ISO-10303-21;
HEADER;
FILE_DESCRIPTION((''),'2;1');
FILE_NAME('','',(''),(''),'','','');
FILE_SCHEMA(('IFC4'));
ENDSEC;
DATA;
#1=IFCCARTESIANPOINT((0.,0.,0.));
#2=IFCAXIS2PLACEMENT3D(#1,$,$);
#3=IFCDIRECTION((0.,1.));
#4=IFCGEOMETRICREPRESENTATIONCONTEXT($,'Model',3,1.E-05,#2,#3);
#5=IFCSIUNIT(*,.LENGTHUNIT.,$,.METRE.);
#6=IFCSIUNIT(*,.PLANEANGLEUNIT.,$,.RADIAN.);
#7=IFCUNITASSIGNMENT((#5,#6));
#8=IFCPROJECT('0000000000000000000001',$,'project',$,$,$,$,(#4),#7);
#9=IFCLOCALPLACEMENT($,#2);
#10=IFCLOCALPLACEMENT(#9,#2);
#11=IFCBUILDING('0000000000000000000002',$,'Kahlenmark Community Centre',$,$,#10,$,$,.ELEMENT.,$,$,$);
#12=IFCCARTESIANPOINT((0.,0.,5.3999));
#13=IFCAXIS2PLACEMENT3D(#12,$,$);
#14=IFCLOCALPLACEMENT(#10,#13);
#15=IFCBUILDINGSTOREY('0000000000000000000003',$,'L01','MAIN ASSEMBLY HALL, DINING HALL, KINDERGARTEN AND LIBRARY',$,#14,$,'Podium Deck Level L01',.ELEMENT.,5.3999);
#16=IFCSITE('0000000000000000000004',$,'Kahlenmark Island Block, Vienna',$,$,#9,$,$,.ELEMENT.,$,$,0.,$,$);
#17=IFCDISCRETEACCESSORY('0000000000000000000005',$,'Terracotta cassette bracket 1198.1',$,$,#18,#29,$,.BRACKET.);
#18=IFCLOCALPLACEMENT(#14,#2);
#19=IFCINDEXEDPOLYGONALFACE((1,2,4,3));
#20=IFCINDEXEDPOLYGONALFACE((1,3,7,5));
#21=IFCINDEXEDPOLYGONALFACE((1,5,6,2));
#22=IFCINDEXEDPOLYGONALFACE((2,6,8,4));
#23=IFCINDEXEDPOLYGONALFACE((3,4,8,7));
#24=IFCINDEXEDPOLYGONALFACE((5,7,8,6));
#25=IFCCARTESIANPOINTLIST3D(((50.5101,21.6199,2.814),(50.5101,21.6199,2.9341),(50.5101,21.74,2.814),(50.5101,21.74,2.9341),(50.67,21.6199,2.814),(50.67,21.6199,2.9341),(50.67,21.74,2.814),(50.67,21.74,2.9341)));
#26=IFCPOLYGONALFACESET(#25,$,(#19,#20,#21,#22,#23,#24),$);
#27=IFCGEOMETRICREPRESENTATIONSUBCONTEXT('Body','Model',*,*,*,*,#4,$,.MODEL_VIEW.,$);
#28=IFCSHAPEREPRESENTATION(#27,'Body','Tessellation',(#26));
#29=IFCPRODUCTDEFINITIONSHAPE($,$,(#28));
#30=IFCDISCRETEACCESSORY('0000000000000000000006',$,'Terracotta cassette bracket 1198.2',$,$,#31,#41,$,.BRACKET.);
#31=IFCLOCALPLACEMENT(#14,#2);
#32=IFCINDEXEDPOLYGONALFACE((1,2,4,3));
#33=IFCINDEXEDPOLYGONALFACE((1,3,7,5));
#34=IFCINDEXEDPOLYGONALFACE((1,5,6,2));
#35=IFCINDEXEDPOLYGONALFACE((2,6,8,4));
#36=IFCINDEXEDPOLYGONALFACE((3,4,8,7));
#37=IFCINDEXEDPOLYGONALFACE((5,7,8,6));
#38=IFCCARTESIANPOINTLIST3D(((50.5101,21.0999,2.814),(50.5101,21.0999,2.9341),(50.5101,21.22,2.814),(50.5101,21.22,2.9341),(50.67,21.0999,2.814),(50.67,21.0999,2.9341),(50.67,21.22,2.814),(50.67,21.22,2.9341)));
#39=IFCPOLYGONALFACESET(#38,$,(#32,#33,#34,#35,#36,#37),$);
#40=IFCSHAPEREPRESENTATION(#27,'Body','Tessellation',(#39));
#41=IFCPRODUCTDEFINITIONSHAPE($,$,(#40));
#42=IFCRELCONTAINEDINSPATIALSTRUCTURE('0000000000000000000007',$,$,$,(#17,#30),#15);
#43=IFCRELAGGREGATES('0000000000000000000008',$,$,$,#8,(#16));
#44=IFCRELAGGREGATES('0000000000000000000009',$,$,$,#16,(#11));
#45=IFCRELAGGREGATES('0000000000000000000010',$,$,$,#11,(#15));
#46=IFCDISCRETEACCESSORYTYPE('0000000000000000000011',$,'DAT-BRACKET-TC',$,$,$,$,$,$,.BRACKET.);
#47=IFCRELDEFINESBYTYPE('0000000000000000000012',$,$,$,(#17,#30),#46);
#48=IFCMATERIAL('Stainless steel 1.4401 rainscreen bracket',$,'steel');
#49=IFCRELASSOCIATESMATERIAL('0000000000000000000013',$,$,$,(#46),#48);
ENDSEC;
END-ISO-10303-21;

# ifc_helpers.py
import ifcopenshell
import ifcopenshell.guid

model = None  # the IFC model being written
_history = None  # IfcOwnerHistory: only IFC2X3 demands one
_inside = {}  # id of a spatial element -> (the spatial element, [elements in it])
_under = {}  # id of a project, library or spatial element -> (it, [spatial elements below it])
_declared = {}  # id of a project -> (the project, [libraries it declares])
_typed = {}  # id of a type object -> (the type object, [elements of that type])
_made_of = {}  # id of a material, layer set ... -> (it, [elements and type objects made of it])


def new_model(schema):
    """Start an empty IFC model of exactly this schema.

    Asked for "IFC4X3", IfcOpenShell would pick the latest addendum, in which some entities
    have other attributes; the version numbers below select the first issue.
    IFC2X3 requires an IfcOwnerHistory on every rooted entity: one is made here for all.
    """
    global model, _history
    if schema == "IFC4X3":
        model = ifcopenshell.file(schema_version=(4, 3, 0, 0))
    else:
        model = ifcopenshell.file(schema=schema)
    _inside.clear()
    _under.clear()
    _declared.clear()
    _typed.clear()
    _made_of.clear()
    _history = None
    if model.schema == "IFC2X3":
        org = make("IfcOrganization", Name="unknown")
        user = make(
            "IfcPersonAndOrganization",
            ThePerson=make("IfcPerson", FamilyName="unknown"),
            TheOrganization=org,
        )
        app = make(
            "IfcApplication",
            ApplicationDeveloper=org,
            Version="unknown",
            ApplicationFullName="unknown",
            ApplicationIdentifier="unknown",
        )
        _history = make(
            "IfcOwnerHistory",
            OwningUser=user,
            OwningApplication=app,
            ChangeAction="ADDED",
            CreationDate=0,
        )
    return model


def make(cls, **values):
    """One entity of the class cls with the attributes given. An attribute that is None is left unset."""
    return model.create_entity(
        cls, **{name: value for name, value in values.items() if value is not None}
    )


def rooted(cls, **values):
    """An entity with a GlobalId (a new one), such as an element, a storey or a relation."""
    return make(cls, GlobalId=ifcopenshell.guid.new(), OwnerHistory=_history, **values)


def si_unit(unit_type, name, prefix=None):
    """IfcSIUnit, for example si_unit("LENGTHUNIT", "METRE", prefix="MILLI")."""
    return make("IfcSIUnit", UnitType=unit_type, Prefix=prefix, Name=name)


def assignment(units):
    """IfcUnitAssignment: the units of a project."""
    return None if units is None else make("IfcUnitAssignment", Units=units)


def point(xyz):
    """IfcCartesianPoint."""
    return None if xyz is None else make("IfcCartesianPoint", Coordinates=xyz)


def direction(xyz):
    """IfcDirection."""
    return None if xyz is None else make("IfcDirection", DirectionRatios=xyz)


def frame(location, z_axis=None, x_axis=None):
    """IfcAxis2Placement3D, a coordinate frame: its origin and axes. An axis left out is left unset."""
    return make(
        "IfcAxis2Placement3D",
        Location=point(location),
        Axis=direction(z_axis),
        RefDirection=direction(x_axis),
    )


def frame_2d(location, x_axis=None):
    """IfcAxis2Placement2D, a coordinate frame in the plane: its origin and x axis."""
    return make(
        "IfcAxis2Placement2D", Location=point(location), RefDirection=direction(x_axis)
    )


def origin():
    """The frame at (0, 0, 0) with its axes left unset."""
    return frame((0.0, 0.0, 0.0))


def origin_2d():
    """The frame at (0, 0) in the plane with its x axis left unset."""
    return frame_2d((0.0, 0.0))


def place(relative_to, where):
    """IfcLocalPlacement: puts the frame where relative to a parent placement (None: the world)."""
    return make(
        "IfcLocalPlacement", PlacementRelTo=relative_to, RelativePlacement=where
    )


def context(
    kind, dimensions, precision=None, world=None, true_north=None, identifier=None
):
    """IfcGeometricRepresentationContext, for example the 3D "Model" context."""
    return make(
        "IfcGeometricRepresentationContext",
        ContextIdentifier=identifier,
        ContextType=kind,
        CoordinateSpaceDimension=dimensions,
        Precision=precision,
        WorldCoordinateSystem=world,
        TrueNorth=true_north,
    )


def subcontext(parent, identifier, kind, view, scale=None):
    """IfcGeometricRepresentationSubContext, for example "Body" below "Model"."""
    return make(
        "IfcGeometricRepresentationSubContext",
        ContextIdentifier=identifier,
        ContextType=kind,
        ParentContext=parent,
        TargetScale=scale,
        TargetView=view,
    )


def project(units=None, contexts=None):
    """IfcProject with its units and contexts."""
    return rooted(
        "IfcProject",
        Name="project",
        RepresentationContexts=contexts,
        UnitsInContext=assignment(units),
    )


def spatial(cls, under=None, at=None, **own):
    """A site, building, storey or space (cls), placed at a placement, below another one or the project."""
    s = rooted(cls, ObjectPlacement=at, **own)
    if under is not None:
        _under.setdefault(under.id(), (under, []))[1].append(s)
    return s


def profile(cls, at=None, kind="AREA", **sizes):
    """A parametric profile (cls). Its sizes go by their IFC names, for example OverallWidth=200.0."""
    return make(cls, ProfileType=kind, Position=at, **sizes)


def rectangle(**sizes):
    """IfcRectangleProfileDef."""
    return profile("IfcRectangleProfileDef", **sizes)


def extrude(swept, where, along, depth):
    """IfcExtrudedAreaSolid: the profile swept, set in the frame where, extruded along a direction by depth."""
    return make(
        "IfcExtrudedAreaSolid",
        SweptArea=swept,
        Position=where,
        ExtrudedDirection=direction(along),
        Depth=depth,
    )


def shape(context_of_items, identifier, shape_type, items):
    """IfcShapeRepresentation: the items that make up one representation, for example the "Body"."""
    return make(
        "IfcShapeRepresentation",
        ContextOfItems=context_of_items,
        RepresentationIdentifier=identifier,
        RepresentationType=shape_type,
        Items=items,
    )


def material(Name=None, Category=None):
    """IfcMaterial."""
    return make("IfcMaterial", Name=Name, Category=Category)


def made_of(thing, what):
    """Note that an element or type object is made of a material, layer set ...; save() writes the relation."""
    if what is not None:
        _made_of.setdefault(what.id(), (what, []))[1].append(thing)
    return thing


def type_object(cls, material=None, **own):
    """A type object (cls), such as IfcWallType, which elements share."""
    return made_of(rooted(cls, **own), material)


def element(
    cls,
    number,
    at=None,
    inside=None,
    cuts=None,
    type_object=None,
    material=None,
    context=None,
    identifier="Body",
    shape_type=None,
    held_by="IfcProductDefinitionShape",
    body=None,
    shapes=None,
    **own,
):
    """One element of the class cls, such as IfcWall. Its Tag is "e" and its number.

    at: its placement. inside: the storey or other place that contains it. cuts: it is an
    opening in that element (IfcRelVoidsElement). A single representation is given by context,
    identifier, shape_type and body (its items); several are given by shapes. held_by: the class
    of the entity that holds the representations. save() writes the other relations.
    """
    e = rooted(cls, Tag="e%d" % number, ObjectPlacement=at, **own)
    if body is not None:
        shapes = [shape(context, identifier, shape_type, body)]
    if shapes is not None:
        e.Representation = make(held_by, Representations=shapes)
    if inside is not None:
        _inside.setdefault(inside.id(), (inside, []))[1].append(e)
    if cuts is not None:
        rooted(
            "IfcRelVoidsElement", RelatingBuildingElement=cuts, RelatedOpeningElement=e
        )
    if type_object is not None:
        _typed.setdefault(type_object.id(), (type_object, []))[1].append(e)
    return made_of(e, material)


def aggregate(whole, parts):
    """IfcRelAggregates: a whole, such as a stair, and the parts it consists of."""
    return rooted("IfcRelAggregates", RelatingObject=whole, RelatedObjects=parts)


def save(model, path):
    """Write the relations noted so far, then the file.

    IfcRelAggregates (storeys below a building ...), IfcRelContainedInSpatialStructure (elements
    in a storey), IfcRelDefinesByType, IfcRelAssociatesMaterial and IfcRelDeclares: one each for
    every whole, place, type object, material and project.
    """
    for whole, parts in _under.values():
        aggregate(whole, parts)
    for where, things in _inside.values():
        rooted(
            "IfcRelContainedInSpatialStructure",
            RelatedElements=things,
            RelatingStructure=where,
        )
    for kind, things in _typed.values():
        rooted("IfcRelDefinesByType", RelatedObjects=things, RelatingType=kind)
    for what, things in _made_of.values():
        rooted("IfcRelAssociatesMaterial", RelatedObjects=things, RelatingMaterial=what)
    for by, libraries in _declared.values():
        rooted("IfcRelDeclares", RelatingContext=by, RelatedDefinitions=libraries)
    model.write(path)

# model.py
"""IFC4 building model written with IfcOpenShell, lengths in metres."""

from ifc_helpers import new_model, si_unit, direction, frame, origin, origin_2d, place, context, subcontext, project, spatial, rectangle, extrude, material, type_object, element, save


model = new_model("IFC4")

# Units and contexts
model_context = context("Model", 3, precision=1e-05, world=origin(), true_north=direction((0.0, 1.0)))
body_context = subcontext(model_context, "Body", "Model", "MODEL_VIEW")
ifc_project = project(units=[si_unit("LENGTHUNIT", "METRE"), si_unit("PLANEANGLEUNIT", "RADIAN")], contexts=[model_context])

# Site, building, storey
site_placement = place(None, origin())
site = spatial("IfcSite", under=ifc_project, at=site_placement, Name="Kahlenmark Island Block, Vienna", CompositionType="ELEMENT", RefElevation=0.0)
building_placement = place(site_placement, origin())
building = spatial("IfcBuilding", under=site, at=building_placement, Name="Kahlenmark Community Centre", CompositionType="ELEMENT")
storey_placement = place(building_placement, frame((0.0, 0.0, 5.3999)))
storey = spatial("IfcBuildingStorey", under=building, at=storey_placement, Name="L01", Description="MAIN ASSEMBLY HALL, DINING HALL, KINDERGARTEN AND LIBRARY", LongName="Podium Deck Level L01", CompositionType="ELEMENT", Elevation=5.3999)

# Discrete accessories
ifc_material_1 = material(Name="Stainless steel 1.4401 rainscreen bracket", Category="steel")
discrete_accessory_type = type_object("IfcDiscreteAccessoryType", Name="DAT-BRACKET-TC", PredefinedType="BRACKET", material=ifc_material_1)
for number, where, z_axis, x_axis, name in (
    (1, (50.5901, 21.6799, 2.814), (0.0, 0.0, 1.0), (0.0, -1.0, 0.0), "Terracotta cassette bracket 1198.1"),
    (2, (50.5901, 21.1599, 2.814), (0.0, 0.0, 1.0), (0.0, -1.0, 0.0), "Terracotta cassette bracket 1198.2"),
):
    element("IfcDiscreteAccessory", number, at=place(storey_placement, frame(where, z_axis=z_axis, x_axis=x_axis)), inside=storey, type_object=discrete_accessory_type, Name=name, PredefinedType="BRACKET", context=body_context, shape_type="SweptSolid", body=[
        extrude(rectangle(XDim=0.1201, YDim=0.1599, at=origin_2d()), origin(), (0.0, 0.0, 1.0), 0.1201),
    ])

save(model, "model.ifc")
